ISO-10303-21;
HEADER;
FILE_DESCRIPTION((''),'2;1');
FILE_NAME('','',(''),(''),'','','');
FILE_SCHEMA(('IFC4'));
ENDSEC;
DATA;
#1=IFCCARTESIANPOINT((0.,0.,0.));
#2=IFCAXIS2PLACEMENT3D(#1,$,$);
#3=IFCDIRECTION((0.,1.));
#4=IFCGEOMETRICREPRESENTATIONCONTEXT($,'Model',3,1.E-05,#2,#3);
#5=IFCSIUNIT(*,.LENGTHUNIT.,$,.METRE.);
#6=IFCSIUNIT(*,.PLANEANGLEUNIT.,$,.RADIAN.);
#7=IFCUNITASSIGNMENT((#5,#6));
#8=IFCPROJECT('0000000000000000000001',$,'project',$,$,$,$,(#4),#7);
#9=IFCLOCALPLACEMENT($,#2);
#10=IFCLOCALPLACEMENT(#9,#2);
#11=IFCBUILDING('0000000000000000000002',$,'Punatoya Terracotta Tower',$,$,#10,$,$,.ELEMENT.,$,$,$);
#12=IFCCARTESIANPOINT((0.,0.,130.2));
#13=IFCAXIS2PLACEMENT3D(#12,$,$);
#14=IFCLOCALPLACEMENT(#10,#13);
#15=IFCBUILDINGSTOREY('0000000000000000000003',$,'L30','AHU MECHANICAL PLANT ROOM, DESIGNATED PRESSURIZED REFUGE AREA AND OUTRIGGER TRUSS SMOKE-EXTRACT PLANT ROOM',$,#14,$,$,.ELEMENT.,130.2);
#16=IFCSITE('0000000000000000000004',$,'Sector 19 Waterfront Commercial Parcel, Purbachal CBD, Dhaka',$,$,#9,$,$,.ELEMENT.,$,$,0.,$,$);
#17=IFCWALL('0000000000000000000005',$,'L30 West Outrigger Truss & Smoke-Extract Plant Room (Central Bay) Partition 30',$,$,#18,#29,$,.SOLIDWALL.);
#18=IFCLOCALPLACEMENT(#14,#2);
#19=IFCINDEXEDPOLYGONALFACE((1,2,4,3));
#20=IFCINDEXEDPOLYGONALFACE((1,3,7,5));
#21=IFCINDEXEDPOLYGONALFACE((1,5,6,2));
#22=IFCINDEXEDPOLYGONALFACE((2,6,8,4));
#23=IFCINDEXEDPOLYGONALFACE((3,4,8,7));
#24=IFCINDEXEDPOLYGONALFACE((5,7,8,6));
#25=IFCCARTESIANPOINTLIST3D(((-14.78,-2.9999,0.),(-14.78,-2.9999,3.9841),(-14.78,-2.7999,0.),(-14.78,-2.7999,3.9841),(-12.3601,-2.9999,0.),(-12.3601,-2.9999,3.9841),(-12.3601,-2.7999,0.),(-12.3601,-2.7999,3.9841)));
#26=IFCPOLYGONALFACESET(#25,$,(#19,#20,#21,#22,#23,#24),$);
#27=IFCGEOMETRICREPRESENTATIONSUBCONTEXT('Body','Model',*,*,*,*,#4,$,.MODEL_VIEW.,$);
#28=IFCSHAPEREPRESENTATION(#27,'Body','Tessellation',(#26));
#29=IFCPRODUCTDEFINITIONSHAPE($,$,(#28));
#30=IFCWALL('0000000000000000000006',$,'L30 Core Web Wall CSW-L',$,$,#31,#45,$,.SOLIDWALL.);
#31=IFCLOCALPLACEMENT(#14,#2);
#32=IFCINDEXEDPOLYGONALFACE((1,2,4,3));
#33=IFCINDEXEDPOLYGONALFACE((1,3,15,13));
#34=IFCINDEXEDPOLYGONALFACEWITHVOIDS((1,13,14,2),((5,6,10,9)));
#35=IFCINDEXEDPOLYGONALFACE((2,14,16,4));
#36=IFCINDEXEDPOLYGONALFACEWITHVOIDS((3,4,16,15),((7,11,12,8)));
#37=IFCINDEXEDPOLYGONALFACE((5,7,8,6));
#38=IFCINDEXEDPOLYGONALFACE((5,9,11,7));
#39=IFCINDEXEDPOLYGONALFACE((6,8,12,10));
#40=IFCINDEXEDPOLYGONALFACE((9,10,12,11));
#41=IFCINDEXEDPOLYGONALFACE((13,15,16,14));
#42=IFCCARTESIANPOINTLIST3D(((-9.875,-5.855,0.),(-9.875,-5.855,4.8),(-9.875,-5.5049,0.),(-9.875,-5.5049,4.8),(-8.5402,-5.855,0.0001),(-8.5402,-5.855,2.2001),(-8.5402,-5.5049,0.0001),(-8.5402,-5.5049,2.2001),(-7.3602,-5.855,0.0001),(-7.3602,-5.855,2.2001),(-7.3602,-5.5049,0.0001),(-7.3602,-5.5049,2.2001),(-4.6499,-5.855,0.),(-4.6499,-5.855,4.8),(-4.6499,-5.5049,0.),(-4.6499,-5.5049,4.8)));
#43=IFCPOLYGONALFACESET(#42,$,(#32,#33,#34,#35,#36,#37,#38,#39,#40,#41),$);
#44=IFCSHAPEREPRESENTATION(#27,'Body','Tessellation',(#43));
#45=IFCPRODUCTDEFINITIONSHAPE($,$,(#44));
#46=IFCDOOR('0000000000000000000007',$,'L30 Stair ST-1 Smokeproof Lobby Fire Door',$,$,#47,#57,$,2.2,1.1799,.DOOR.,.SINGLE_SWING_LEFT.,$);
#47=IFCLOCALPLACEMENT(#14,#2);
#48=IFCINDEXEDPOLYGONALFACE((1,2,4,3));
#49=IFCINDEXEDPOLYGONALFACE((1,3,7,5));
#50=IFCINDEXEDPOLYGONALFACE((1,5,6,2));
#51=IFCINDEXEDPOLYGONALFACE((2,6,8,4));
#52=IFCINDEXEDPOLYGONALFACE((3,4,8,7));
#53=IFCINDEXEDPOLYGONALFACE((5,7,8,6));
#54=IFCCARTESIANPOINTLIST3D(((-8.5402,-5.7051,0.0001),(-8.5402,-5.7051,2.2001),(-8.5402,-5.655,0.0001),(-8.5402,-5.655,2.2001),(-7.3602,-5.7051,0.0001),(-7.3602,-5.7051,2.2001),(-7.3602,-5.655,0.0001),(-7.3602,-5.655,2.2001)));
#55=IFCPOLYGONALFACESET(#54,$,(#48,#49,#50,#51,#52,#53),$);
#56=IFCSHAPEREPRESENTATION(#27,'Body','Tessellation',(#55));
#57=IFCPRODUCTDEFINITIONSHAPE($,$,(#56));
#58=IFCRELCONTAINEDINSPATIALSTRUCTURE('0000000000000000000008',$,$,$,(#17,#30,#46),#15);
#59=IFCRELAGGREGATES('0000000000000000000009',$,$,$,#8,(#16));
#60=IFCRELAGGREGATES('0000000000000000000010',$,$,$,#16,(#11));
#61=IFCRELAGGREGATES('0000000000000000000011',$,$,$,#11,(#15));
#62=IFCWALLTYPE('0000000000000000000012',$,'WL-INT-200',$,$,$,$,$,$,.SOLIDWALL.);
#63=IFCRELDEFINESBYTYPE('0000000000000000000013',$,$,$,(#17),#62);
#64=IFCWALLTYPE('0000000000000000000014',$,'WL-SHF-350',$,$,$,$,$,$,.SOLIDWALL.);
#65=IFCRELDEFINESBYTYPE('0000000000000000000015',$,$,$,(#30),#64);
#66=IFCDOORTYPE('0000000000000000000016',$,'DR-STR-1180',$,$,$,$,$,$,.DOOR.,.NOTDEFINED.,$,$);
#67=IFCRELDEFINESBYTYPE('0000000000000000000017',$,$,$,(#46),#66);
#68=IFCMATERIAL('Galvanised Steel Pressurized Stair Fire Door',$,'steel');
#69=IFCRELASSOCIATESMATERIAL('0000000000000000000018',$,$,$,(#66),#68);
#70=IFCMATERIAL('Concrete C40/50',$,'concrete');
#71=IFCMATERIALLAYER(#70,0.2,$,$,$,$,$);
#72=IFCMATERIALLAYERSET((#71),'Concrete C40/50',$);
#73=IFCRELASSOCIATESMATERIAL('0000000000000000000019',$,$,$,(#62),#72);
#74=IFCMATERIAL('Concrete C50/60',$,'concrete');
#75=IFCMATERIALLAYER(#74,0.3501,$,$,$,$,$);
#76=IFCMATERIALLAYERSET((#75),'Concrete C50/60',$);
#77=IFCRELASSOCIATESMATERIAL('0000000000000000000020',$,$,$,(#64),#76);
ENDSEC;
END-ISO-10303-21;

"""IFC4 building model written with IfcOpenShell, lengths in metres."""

from ifc_helpers import new_model, si_unit, direction, frame, frame_2d, origin, place, context, subcontext, project, spatial, rectangle, extrude, material, layer, layer_set, type_object, element, fill, save


model = new_model("IFC4")

# Units and contexts
model_context = context("Model", 3, precision=1e-05, world=origin(), true_north=direction((0.0, 1.0)))
body_context = subcontext(model_context, "Body", "Model", "MODEL_VIEW")
ifc_project = project(units=[si_unit("LENGTHUNIT", "METRE"), si_unit("PLANEANGLEUNIT", "RADIAN")], contexts=[model_context])

# Site, building, storey
site_placement = place(None, origin())
site = spatial("IfcSite", under=ifc_project, at=site_placement, Name="Sector 19 Waterfront Commercial Parcel, Purbachal CBD, Dhaka", CompositionType="ELEMENT", RefElevation=0.0)
building_placement = place(site_placement, origin())
building = spatial("IfcBuilding", under=site, at=building_placement, Name="Punatoya Terracotta Tower", CompositionType="ELEMENT")
storey_placement = place(building_placement, frame((0.0, 0.0, 130.2)))
storey = spatial("IfcBuildingStorey", under=building, at=storey_placement, Name="L30", Description="AHU MECHANICAL PLANT ROOM, DESIGNATED PRESSURIZED REFUGE AREA AND OUTRIGGER TRUSS SMOKE-EXTRACT PLANT ROOM", CompositionType="ELEMENT", Elevation=130.2)

# Shared definitions
ifc_material_1 = material(Name="Galvanised Steel Pressurized Stair Fire Door", Category="steel")
door_type_1 = type_object("IfcDoorType", Name="DR-STR-1180", OperationType="NOTDEFINED", PredefinedType="DOOR", material=ifc_material_1)

# Shared definitions
ifc_material_2 = material(Name="Concrete C40/50", Category="concrete")
ifc_layer_1 = layer(ifc_material_2, 0.2)
ifc_layer_set_1 = layer_set([ifc_layer_1], Name="Concrete C40/50")
wall_type_1 = type_object("IfcWallType", Name="WL-INT-200", PredefinedType="SOLIDWALL", material=ifc_layer_set_1)

# Wall
wall_1_placement = place(storey_placement, frame((-12.3601, -2.8999, 0.0), z_axis=(0.0, 0.0, 1.0), x_axis=(-1.0, 0.0, 0.0)))
element("IfcWall", 1, at=wall_1_placement, inside=storey, type_object=wall_type_1, Name="L30 West Outrigger Truss & Smoke-Extract Plant Room (Central Bay) Partition 30", PredefinedType="SOLIDWALL", context=body_context, shape_type="SweptSolid", body=[
    extrude(rectangle(XDim=2.4199, YDim=0.2, at=frame_2d((1.21, 0.0))), origin(), (0.0, 0.0, 1.0), 3.9841),
])

# Wall, opening, door
ifc_material_3 = material(Name="Concrete C50/60", Category="concrete")
ifc_layer_2 = layer(ifc_material_3, 0.3501)
ifc_layer_set_2 = layer_set([ifc_layer_2], Name="Concrete C50/60")
wall_type_2 = type_object("IfcWallType", Name="WL-SHF-350", PredefinedType="SOLIDWALL", material=ifc_layer_set_2)
wall_2_placement = place(storey_placement, frame((-9.875, -5.6799, 0.0), z_axis=(0.0, 0.0, 1.0), x_axis=(1.0, 0.0, 0.0)))
wall_2 = element("IfcWall", 2, at=wall_2_placement, inside=storey, type_object=wall_type_2, Name="L30 Core Web Wall CSW-L", PredefinedType="SOLIDWALL", context=body_context, shape_type="SweptSolid", body=[
    extrude(rectangle(XDim=5.2251, YDim=0.3501, at=frame_2d((2.6125, 0.0))), origin(), (0.0, 0.0, 1.0), 4.8),
])
opening_1_placement = place(wall_2_placement, frame((1.335, 0.0, 0.0)))
opening_1 = element("IfcOpeningElement", 3, at=opening_1_placement, cuts=wall_2, PredefinedType="OPENING", context=body_context, shape_type="SweptSolid", body=[
    extrude(rectangle(XDim=1.1799, YDim=2.2, at=frame_2d((0.5898, 1.1001))), frame((0.0, 0.1851, 0.0), z_axis=(0.0, -1.0, 0.0), x_axis=(1.0, 0.0, 0.0)), (0.0, 0.0, 1.0), 0.3701),
])
door_1_placement = place(opening_1_placement, origin())
door_1 = element("IfcDoor", 4, at=door_1_placement, inside=storey, type_object=door_type_1, Name="L30 Stair ST-1 Smokeproof Lobby Fire Door", OperationType="SINGLE_SWING_LEFT", OverallHeight=2.2, OverallWidth=1.1799, PredefinedType="DOOR", context=body_context, shape_type="SweptSolid", body=[
    extrude(rectangle(XDim=1.1799, YDim=2.2, at=frame_2d((0.5898, 1.1001))), frame((0.0, 0.0249, 0.0), z_axis=(0.0, -1.0, 0.0), x_axis=(1.0, 0.0, 0.0)), (0.0, 0.0, 1.0), 0.05),
])
fill(opening_1, door_1)

save(model, "model.ifc")
